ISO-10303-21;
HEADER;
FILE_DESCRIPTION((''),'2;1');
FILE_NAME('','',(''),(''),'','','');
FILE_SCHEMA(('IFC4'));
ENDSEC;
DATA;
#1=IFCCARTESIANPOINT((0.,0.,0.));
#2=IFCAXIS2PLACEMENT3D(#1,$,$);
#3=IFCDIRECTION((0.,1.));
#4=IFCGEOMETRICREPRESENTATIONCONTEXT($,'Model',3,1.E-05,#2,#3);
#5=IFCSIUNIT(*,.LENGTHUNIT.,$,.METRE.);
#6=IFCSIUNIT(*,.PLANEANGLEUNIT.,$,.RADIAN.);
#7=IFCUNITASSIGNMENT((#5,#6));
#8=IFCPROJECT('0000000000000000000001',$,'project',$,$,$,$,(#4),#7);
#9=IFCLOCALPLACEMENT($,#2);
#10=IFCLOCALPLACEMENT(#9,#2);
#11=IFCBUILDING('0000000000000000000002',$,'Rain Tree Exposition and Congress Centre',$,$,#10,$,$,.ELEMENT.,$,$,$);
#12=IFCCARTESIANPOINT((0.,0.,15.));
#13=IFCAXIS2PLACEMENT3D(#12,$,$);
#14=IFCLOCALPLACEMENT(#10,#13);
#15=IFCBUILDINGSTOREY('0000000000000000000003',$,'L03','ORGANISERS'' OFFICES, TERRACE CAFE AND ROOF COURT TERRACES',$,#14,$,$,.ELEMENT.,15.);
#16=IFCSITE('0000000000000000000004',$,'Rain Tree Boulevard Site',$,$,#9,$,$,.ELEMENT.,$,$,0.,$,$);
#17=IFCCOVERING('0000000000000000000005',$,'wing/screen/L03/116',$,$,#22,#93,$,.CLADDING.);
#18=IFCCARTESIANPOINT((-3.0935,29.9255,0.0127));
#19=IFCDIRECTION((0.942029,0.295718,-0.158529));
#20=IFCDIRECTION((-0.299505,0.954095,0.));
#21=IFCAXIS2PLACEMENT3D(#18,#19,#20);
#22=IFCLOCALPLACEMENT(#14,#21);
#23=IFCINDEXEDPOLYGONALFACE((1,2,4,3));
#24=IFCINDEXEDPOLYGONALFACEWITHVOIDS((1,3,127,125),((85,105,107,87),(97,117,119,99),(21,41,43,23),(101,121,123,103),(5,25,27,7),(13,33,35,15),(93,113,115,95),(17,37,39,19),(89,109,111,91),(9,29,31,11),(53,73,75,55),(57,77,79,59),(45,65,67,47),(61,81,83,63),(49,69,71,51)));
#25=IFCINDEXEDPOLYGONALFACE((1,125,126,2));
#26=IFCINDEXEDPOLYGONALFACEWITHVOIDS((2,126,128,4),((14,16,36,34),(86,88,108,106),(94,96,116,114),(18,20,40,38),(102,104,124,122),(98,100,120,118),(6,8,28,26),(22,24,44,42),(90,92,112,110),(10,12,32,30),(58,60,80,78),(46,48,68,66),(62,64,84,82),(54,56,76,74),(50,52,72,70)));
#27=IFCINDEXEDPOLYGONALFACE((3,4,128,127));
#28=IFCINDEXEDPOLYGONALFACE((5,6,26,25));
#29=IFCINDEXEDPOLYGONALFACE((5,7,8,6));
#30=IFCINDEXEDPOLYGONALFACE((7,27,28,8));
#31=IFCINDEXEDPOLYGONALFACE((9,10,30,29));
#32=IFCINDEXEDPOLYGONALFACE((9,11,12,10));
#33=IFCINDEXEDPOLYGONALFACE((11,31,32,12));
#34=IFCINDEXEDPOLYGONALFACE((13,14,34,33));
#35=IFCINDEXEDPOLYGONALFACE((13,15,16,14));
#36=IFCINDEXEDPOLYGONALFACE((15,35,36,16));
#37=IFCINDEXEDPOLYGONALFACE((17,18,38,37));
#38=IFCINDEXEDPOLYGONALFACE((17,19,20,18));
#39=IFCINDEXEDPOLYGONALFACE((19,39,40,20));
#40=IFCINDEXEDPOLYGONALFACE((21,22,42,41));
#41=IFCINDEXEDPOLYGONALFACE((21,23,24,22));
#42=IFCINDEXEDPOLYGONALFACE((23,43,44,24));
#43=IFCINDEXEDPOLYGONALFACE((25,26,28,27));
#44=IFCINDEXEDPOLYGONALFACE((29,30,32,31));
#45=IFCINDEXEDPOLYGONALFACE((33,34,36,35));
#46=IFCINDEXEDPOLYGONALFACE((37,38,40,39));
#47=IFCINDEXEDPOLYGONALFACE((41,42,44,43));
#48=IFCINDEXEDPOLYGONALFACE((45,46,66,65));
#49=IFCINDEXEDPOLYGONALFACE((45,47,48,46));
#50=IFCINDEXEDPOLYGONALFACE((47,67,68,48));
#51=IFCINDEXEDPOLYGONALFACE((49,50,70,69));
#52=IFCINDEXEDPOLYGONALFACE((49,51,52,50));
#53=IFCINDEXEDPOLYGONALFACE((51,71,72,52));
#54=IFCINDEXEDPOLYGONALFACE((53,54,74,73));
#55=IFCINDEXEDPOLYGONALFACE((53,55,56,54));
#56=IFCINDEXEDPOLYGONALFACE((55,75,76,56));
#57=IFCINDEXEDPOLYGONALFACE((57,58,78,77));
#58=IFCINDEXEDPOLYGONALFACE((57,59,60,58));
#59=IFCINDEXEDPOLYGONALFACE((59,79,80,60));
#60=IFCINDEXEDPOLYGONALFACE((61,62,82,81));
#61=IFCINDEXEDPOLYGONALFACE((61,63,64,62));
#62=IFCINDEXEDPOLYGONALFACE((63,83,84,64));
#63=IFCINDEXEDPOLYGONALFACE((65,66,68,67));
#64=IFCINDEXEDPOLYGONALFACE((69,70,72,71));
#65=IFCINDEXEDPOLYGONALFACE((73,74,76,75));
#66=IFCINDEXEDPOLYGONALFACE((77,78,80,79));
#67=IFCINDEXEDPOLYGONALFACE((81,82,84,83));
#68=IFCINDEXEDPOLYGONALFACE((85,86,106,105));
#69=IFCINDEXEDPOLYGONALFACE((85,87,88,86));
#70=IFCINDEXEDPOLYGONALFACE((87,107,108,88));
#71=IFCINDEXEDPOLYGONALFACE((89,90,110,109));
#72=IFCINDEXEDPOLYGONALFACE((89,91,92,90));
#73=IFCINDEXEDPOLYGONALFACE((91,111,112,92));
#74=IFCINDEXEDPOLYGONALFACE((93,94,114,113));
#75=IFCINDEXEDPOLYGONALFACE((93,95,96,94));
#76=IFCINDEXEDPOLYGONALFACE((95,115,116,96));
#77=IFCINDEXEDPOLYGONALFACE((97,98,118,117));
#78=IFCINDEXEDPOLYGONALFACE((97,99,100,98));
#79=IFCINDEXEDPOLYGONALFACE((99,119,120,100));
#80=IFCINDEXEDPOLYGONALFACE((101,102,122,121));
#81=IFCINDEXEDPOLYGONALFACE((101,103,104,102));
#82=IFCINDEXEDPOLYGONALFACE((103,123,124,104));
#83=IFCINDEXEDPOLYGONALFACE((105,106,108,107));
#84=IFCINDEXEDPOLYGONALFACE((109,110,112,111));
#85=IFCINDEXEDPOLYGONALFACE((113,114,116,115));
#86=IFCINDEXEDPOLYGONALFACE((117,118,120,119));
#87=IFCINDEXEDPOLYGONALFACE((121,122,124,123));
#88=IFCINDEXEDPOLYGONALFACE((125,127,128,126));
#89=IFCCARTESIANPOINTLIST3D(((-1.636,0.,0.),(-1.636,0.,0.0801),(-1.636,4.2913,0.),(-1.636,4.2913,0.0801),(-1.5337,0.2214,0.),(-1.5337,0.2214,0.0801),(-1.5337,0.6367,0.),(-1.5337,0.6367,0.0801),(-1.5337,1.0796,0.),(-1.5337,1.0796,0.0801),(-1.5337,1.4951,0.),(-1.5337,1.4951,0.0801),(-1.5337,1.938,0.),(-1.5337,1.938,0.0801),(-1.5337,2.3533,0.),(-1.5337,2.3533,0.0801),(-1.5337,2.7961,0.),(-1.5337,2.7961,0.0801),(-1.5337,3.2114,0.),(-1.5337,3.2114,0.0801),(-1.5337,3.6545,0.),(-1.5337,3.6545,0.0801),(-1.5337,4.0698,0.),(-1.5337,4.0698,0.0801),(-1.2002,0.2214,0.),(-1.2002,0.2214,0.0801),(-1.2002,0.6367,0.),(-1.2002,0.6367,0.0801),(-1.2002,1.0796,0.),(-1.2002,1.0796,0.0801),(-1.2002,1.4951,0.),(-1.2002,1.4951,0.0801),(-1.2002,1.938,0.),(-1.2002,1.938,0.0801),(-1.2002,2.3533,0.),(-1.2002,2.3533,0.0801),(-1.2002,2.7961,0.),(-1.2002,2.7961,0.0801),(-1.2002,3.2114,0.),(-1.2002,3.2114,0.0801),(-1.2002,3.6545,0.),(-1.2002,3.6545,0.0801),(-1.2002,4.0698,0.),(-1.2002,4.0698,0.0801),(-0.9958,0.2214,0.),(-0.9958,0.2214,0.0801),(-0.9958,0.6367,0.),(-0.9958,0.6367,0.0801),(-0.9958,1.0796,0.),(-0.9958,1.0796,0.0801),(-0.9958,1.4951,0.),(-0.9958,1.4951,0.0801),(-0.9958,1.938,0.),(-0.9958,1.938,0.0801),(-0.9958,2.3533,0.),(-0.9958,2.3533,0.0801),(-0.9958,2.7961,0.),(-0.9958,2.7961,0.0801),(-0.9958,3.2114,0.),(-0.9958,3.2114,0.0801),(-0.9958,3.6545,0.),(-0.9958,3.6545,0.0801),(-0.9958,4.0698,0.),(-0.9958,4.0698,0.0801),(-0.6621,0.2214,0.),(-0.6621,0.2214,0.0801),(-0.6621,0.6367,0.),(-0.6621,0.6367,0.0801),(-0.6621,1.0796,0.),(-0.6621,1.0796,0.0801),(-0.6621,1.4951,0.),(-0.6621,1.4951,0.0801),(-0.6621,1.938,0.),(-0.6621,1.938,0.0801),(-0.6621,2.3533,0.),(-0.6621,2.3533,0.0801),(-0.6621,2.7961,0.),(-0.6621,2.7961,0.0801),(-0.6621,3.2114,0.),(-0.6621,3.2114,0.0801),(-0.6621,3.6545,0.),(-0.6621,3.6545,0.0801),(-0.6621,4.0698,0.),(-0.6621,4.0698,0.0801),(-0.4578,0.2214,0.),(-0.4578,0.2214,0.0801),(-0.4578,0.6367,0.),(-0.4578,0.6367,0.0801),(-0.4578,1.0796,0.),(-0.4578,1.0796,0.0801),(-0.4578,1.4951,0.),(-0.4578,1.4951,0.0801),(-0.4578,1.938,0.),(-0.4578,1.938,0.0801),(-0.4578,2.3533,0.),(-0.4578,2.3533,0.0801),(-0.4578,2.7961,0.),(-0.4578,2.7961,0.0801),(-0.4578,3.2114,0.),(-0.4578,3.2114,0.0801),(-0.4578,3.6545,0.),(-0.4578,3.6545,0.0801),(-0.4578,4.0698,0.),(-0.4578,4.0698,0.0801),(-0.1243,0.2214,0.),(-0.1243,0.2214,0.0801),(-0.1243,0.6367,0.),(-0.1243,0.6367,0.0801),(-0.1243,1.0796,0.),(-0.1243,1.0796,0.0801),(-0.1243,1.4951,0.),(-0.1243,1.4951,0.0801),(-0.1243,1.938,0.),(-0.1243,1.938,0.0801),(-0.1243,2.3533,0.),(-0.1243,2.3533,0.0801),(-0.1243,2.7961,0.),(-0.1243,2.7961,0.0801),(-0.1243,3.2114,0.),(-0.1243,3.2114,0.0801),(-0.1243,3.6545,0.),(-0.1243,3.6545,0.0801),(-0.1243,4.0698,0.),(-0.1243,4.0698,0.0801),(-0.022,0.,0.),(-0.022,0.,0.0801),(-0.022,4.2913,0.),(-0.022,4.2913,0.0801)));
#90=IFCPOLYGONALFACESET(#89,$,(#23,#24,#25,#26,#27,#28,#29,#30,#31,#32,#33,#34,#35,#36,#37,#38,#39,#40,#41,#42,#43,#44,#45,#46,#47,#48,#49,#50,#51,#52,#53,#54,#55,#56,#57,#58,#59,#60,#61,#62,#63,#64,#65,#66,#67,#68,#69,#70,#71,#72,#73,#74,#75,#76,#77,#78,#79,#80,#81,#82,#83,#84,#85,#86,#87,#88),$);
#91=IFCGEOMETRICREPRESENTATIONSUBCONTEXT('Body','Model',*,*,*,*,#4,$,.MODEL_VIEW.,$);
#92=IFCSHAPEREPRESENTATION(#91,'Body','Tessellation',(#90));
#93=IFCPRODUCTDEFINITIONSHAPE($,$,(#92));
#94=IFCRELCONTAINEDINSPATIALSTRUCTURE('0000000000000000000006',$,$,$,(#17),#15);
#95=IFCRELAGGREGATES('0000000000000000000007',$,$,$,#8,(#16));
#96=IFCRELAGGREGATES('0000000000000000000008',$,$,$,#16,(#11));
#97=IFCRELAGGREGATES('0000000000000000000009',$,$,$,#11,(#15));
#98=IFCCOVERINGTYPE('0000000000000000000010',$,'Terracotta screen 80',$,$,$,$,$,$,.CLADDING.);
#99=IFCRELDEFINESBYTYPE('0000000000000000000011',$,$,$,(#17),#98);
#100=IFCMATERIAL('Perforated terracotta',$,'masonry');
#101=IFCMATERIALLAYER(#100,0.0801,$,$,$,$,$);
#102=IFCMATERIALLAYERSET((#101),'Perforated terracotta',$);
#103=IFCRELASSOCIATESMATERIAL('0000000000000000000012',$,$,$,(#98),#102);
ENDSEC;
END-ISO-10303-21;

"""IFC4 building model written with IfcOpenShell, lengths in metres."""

from ifc_helpers import new_model, si_unit, direction, frame, origin, place, context, subcontext, project, spatial, polyline, outline, extrude, material, layer, layer_set, type_object, element, save


model = new_model("IFC4")

# Units and contexts
model_context = context("Model", 3, precision=1e-05, world=origin(), true_north=direction((0.0, 1.0)))
body_context = subcontext(model_context, "Body", "Model", "MODEL_VIEW")
ifc_project = project(units=[si_unit("LENGTHUNIT", "METRE"), si_unit("PLANEANGLEUNIT", "RADIAN")], contexts=[model_context])

# Site, building, storey
site_placement = place(None, origin())
site = spatial("IfcSite", under=ifc_project, at=site_placement, Name="Rain Tree Boulevard Site", CompositionType="ELEMENT", RefElevation=0.0)
building_placement = place(site_placement, origin())
building = spatial("IfcBuilding", under=site, at=building_placement, Name="Rain Tree Exposition and Congress Centre", CompositionType="ELEMENT")
storey_placement = place(building_placement, frame((0.0, 0.0, 15.0)))
storey = spatial("IfcBuildingStorey", under=building, at=storey_placement, Name="L03", Description="ORGANISERS' OFFICES, TERRACE CAFE AND ROOF COURT TERRACES", CompositionType="ELEMENT", Elevation=15.0)

# Covering
ifc_material_1 = material(Name="Perforated terracotta", Category="masonry")
ifc_layer_1 = layer(ifc_material_1, 0.0801)
ifc_layer_set_1 = layer_set([ifc_layer_1], Name="Perforated terracotta")
covering_type = type_object("IfcCoveringType", Name="Terracotta screen 80", PredefinedType="CLADDING", material=ifc_layer_set_1)
covering_placement = place(storey_placement, frame((-3.0935, 29.9255, 0.0127), z_axis=(0.942029, 0.295718, -0.158529), x_axis=(-0.299505, 0.954095, 0.0)))
element("IfcCovering", 1, at=covering_placement, inside=storey, type_object=covering_type, Name="wing/screen/L03/116", PredefinedType="CLADDING", context=body_context, shape_type="SweptSolid", body=[
    extrude(outline(polyline([(-1.636, 0.0), (-1.636, 4.2913), (-0.022, 4.2913), (-0.022, 0.0), (-1.636, 0.0)]), holes=[polyline([(-0.1243, 0.2214), (-0.1243, 0.6367), (-0.4578, 0.6367), (-0.4578, 0.2214), (-0.1243, 0.2214)]), polyline([(-0.1243, 1.0796), (-0.1243, 1.4951), (-0.4578, 1.4951), (-0.4578, 1.0796), (-0.1243, 1.0796)]), polyline([(-0.1243, 1.938), (-0.1243, 2.3533), (-0.4578, 2.3533), (-0.4578, 1.938), (-0.1243, 1.938)]), polyline([(-0.1243, 2.7961), (-0.1243, 3.2114), (-0.4578, 3.2114), (-0.4578, 2.7961), (-0.1243, 2.7961)]), polyline([(-0.1243, 3.6545), (-0.1243, 4.0698), (-0.4578, 4.0698), (-0.4578, 3.6545), (-0.1243, 3.6545)]), polyline([(-0.6621, 0.2214), (-0.6621, 0.6367), (-0.9958, 0.6367), (-0.9958, 0.2214), (-0.6621, 0.2214)]), polyline([(-0.6621, 1.0796), (-0.6621, 1.4951), (-0.9958, 1.4951), (-0.9958, 1.0796), (-0.6621, 1.0796)]), polyline([(-0.6621, 1.938), (-0.6621, 2.3533), (-0.9958, 2.3533), (-0.9958, 1.938), (-0.6621, 1.938)]), polyline([(-0.6621, 2.7961), (-0.6621, 3.2114), (-0.9958, 3.2114), (-0.9958, 2.7961), (-0.6621, 2.7961)]), polyline([(-0.6621, 3.6545), (-0.6621, 4.0698), (-0.9958, 4.0698), (-0.9958, 3.6545), (-0.6621, 3.6545)]), polyline([(-1.2002, 0.2214), (-1.2002, 0.6367), (-1.5337, 0.6367), (-1.5337, 0.2214), (-1.2002, 0.2214)]), polyline([(-1.2002, 1.0796), (-1.2002, 1.4951), (-1.5337, 1.4951), (-1.5337, 1.0796), (-1.2002, 1.0796)]), polyline([(-1.2002, 1.938), (-1.2002, 2.3533), (-1.5337, 2.3533), (-1.5337, 1.938), (-1.2002, 1.938)]), polyline([(-1.2002, 2.7961), (-1.2002, 3.2114), (-1.5337, 3.2114), (-1.5337, 2.7961), (-1.2002, 2.7961)]), polyline([(-1.2002, 3.6545), (-1.2002, 4.0698), (-1.5337, 4.0698), (-1.5337, 3.6545), (-1.2002, 3.6545)])]), origin(), (0.0, 0.0, 1.0), 0.0801),
])

save(model, "model.ifc")
